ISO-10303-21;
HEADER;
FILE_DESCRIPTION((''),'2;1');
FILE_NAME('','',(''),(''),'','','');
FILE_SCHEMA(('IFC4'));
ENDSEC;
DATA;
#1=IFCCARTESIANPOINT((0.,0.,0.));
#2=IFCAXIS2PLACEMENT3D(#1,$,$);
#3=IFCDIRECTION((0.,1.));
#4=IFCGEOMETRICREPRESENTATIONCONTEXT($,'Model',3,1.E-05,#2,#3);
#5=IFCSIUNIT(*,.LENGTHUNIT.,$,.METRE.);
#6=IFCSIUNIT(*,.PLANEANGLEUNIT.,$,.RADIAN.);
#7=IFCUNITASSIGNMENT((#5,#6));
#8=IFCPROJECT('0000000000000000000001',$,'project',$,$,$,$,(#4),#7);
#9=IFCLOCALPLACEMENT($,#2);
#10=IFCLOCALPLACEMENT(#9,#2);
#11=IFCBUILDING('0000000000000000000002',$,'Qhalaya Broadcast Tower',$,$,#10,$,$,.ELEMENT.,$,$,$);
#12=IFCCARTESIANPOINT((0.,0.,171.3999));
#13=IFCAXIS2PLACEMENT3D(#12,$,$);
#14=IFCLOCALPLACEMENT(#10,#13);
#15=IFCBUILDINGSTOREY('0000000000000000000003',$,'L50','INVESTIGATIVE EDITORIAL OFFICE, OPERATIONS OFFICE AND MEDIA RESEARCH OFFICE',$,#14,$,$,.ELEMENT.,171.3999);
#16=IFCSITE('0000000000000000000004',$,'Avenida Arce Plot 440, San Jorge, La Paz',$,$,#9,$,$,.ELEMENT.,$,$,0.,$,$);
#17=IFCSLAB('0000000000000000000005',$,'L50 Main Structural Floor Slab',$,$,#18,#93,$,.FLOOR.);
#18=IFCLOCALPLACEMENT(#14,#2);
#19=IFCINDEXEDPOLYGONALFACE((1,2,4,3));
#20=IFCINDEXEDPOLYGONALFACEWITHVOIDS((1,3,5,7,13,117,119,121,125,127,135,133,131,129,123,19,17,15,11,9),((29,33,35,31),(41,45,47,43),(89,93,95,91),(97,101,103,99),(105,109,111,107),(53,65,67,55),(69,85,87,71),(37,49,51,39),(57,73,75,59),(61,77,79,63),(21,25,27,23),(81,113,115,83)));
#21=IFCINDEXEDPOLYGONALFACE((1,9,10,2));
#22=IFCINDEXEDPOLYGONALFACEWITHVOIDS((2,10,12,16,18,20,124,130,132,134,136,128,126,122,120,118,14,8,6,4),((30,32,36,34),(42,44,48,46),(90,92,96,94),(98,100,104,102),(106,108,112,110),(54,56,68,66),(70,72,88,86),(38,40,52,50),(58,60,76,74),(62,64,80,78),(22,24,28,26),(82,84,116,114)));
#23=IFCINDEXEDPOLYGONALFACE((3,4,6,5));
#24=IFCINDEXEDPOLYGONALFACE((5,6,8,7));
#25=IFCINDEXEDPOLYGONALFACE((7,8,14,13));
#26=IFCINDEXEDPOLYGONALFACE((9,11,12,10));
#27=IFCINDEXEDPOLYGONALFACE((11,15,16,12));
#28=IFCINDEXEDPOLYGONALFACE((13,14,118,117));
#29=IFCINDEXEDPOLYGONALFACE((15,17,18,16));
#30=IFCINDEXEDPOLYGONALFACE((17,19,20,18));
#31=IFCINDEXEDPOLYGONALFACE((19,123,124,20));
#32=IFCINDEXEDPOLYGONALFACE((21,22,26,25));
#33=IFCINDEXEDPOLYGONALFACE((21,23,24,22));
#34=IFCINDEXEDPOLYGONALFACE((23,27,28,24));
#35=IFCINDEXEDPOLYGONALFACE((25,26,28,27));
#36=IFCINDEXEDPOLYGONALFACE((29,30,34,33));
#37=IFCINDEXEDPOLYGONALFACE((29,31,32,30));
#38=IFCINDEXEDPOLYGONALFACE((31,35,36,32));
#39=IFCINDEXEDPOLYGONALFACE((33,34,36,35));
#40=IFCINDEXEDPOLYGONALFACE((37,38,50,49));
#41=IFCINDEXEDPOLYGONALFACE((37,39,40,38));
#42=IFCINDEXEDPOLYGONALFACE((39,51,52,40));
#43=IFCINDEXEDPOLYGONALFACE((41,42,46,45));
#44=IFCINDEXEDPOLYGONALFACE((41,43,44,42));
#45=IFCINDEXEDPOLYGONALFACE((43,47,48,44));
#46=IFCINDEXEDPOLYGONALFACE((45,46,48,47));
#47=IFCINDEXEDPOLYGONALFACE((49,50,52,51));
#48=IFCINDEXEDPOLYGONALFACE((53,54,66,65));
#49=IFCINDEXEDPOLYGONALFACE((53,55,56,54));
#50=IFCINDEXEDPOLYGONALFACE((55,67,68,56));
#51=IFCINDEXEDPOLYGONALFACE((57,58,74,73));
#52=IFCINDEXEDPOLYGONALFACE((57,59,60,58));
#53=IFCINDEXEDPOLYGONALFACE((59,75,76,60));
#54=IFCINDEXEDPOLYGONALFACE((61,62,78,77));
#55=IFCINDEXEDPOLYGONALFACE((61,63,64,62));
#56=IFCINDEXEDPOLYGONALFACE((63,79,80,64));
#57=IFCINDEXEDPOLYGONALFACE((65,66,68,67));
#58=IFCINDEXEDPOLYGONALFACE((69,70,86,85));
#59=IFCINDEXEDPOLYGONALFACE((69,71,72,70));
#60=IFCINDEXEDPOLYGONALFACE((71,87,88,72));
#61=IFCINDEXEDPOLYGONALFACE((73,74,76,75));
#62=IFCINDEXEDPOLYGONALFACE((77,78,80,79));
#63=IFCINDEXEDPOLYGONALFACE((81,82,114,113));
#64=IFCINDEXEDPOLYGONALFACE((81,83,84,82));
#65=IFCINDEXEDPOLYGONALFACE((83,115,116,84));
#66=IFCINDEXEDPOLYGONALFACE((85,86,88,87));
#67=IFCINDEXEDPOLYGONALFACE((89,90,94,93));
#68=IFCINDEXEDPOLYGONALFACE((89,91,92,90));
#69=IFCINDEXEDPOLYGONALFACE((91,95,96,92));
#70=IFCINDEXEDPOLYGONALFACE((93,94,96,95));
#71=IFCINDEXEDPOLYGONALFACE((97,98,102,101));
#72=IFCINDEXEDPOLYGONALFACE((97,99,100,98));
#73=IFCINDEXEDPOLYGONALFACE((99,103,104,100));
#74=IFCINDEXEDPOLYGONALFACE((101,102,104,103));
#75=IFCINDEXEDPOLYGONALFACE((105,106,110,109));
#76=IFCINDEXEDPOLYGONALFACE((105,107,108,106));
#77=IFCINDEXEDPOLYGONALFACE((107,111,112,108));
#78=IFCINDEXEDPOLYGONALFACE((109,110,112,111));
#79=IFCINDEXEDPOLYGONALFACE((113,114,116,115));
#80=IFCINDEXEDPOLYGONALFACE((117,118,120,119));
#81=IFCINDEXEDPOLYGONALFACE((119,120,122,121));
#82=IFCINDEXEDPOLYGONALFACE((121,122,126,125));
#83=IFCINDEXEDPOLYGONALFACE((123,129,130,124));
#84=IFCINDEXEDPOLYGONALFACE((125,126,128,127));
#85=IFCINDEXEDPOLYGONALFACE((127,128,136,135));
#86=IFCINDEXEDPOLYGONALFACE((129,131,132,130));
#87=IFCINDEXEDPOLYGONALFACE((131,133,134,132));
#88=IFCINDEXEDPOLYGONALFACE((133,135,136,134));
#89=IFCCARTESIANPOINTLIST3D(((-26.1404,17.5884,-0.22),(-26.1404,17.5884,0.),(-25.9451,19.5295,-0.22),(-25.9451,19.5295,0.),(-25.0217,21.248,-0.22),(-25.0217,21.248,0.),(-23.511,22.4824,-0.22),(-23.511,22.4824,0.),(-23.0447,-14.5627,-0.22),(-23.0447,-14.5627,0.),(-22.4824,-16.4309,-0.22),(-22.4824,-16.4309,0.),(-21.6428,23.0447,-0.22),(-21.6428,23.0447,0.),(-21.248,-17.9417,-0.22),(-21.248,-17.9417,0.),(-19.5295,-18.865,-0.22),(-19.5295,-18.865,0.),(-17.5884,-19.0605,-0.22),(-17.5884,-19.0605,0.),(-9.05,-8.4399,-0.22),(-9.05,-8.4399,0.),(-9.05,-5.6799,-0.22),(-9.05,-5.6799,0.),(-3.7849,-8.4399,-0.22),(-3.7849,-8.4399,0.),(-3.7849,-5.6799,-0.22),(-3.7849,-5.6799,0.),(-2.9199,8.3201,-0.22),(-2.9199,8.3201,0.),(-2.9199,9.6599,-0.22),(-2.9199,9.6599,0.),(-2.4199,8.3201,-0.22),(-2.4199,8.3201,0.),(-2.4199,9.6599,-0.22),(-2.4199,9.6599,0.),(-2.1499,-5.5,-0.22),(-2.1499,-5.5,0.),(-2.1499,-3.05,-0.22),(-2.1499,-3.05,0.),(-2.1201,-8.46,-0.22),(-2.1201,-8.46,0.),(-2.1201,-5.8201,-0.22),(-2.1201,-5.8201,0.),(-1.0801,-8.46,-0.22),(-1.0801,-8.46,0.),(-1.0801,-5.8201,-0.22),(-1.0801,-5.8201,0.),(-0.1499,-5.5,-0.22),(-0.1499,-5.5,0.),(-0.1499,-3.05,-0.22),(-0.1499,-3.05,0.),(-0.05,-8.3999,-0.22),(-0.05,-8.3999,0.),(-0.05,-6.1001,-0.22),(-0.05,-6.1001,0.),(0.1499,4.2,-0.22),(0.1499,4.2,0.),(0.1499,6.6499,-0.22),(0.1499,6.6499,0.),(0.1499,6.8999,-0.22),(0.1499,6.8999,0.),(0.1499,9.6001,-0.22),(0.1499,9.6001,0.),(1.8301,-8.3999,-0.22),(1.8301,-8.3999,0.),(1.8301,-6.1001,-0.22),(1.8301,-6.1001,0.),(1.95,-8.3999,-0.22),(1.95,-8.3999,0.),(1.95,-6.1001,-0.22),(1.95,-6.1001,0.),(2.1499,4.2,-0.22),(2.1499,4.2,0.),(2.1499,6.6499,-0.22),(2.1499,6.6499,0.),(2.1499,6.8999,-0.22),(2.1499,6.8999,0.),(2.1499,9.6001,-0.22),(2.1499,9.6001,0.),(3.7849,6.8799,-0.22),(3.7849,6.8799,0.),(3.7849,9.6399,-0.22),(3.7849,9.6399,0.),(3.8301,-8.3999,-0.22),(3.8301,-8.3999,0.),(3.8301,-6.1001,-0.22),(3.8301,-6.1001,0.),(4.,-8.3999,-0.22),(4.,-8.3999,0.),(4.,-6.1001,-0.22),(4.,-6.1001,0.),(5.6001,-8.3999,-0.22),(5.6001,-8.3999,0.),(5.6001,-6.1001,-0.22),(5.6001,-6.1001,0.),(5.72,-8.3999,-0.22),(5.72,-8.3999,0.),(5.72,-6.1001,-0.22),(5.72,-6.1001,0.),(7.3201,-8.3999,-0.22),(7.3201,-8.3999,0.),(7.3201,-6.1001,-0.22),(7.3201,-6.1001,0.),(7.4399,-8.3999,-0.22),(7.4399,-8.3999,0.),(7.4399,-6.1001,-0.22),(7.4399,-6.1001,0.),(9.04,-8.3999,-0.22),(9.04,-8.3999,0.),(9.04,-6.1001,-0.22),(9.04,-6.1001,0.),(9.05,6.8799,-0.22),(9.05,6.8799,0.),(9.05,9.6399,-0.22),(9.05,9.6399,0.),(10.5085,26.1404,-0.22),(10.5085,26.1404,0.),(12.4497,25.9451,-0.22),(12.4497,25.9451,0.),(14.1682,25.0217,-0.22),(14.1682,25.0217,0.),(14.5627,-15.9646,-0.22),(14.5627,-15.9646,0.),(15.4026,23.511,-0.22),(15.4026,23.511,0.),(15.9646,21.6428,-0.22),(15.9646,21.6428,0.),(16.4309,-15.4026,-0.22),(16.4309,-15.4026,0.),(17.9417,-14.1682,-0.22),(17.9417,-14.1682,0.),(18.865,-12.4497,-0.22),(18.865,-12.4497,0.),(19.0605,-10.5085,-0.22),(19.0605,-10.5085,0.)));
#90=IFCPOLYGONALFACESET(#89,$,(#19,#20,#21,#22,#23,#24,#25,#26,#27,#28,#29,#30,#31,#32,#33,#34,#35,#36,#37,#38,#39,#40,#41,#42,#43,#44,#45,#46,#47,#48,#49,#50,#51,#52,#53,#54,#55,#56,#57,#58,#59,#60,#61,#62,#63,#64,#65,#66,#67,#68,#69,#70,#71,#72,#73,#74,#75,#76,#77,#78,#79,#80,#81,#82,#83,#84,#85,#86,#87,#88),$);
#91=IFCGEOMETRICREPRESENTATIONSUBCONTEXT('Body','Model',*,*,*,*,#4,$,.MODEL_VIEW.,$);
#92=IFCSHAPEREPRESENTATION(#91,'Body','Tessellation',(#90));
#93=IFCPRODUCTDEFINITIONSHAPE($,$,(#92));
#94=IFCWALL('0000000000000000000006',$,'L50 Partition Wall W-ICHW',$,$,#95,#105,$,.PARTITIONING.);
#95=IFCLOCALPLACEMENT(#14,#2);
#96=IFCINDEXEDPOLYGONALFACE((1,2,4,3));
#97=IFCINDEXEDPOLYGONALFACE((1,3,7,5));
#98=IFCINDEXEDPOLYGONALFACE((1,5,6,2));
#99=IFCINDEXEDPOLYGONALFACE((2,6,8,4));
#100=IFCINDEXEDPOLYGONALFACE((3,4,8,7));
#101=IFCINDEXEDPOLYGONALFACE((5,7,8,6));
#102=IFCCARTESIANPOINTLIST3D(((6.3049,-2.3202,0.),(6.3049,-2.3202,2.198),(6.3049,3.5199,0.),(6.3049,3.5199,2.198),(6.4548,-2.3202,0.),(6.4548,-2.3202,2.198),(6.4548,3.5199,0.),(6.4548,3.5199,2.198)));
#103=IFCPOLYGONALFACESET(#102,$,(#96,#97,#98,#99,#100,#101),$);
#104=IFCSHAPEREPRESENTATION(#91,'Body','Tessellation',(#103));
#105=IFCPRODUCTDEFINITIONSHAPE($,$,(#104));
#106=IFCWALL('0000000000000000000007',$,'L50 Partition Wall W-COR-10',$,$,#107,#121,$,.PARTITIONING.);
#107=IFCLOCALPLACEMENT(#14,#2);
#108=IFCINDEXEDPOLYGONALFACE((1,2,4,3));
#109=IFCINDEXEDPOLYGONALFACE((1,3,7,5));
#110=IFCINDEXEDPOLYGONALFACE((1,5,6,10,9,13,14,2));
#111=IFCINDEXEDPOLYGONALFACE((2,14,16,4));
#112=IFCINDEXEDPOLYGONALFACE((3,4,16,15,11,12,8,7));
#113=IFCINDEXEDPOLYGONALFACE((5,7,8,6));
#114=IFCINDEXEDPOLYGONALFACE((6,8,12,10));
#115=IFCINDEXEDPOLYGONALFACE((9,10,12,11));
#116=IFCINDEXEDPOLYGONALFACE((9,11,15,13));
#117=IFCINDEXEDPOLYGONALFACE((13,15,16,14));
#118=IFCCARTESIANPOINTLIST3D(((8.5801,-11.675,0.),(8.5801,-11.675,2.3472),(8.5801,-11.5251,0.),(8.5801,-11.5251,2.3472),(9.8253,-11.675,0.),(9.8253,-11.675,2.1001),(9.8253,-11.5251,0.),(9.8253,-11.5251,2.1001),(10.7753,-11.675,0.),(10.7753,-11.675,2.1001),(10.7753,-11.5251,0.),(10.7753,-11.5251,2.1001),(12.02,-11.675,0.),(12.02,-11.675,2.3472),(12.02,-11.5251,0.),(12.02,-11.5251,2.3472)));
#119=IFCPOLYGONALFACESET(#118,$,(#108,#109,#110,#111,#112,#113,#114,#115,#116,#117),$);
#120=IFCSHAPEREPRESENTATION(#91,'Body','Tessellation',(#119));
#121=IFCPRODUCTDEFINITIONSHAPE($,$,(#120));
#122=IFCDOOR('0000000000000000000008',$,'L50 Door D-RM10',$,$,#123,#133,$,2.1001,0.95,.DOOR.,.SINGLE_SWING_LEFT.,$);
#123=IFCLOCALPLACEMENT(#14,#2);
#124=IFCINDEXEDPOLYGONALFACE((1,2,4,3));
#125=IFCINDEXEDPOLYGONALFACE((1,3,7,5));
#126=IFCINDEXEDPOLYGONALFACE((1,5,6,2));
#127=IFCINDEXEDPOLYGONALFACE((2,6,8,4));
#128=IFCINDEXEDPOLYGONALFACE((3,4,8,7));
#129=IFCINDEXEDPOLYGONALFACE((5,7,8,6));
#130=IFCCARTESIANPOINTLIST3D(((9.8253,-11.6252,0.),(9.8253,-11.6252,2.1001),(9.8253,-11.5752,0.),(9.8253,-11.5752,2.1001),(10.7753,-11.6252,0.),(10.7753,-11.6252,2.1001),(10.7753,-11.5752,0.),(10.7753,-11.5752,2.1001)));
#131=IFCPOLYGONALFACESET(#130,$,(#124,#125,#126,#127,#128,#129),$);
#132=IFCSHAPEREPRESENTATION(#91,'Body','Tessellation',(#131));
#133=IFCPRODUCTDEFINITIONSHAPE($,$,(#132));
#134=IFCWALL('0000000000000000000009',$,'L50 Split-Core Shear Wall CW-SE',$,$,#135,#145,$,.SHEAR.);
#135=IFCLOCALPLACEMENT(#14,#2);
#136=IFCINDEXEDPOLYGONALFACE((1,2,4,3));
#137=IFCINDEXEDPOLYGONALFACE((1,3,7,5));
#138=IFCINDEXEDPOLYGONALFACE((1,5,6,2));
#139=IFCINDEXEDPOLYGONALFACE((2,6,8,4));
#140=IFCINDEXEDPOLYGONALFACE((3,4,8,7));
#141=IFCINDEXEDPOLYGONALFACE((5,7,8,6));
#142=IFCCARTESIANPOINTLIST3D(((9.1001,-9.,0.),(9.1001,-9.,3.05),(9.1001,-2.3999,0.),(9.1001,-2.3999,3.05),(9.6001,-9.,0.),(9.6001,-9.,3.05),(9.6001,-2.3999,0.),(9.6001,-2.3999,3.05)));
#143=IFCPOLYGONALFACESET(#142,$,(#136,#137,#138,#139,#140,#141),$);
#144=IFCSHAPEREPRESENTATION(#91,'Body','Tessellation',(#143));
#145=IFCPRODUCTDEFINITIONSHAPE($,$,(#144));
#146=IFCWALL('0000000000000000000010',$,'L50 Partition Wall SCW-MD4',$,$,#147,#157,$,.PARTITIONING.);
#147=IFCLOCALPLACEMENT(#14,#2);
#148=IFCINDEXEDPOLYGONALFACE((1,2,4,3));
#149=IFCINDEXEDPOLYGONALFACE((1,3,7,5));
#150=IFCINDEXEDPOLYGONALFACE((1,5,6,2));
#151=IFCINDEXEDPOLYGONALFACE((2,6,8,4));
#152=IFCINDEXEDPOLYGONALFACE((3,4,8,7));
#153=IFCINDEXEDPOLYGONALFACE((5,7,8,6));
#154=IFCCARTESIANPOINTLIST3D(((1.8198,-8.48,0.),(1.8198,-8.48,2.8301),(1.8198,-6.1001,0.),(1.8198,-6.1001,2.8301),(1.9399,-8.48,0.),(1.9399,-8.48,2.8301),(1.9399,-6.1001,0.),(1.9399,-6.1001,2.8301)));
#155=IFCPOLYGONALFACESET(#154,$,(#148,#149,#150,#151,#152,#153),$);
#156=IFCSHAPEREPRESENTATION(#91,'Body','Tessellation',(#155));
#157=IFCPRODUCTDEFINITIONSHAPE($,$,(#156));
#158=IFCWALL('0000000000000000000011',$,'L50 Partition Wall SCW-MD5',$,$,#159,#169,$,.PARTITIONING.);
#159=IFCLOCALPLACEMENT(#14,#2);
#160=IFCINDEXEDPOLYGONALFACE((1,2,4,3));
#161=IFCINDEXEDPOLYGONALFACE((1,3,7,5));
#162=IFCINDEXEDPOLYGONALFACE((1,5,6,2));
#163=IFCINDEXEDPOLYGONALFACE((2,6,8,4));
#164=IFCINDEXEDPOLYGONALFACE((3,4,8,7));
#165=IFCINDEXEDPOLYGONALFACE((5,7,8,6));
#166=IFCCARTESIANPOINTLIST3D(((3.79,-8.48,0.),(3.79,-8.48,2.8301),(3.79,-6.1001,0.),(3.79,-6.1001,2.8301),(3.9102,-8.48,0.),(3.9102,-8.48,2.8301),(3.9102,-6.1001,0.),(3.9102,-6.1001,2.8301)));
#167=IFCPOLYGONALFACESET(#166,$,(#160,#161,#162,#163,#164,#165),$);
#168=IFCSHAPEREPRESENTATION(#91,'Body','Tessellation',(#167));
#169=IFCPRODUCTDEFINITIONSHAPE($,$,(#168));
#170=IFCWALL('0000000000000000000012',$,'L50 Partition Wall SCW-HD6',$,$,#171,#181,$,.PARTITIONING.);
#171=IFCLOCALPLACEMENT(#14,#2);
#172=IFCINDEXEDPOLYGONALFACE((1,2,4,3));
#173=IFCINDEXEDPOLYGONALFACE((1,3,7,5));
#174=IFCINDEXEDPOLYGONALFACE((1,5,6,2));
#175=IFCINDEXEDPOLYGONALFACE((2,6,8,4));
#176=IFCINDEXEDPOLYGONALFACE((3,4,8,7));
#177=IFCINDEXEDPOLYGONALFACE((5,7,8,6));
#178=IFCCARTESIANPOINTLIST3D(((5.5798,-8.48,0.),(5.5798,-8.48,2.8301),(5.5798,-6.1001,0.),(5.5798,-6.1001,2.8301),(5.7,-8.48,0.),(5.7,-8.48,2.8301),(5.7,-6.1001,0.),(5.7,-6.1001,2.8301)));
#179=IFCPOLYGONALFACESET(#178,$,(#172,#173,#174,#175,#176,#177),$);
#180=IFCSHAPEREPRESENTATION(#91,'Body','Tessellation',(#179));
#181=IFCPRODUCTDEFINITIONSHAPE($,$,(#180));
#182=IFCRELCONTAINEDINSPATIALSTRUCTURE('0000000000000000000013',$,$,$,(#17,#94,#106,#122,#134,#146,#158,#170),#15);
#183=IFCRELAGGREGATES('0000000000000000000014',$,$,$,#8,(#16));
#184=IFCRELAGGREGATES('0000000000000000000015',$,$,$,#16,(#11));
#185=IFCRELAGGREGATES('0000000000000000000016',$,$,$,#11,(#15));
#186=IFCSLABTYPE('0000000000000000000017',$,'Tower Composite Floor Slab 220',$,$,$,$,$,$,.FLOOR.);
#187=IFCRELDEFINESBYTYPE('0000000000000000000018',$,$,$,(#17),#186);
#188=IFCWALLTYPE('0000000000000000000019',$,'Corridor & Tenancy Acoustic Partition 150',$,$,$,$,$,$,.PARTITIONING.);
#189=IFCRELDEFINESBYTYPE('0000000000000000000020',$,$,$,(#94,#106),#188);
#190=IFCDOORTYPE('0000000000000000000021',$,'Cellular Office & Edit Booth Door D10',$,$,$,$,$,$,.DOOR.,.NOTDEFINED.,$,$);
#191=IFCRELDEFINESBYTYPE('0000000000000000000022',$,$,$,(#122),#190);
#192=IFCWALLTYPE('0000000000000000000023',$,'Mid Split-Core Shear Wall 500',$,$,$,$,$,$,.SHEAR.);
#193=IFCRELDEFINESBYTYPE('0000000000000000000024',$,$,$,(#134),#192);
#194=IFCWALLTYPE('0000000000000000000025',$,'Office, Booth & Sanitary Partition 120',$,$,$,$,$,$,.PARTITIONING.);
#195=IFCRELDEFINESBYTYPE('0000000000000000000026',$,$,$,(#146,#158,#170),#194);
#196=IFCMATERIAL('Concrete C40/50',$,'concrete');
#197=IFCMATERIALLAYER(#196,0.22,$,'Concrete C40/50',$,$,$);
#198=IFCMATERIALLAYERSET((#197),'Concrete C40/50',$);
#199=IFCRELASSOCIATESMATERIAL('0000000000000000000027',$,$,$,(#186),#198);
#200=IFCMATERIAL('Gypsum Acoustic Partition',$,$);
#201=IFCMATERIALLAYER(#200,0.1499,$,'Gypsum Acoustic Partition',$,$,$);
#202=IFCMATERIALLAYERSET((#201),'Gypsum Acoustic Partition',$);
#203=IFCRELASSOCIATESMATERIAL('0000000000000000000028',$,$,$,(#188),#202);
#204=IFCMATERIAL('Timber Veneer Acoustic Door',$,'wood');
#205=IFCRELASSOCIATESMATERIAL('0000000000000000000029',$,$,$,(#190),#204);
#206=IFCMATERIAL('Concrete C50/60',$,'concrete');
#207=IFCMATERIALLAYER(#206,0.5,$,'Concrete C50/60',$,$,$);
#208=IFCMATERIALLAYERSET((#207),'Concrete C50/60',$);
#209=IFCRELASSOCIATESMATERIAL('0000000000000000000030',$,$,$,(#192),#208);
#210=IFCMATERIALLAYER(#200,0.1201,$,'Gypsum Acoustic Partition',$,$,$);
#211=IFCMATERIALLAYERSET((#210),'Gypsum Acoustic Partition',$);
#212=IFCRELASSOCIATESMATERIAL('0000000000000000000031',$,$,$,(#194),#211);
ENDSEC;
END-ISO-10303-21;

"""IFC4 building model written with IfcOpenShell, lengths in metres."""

from ifc_helpers import new_model, si_unit, direction, frame, frame_2d, origin, place, context, subcontext, project, spatial, polyline, rectangle, outline, extrude, material, layer, layer_set, type_object, element, fill, save


model = new_model("IFC4")

# Units and contexts
model_context = context("Model", 3, precision=1e-05, world=origin(), true_north=direction((0.0, 1.0)))
body_context = subcontext(model_context, "Body", "Model", "MODEL_VIEW")
ifc_project = project(units=[si_unit("LENGTHUNIT", "METRE"), si_unit("PLANEANGLEUNIT", "RADIAN")], contexts=[model_context])

# Site, building, storey
site_placement = place(None, origin())
site = spatial("IfcSite", under=ifc_project, at=site_placement, Name="Avenida Arce Plot 440, San Jorge, La Paz", CompositionType="ELEMENT", RefElevation=0.0)
building_placement = place(site_placement, origin())
building = spatial("IfcBuilding", under=site, at=building_placement, Name="Qhalaya Broadcast Tower", CompositionType="ELEMENT")
storey_placement = place(building_placement, frame((0.0, 0.0, 171.3999)))
storey = spatial("IfcBuildingStorey", under=building, at=storey_placement, Name="L50", Description="INVESTIGATIVE EDITORIAL OFFICE, OPERATIONS OFFICE AND MEDIA RESEARCH OFFICE", CompositionType="ELEMENT", Elevation=171.3999)

# Shared definitions
ifc_material_1 = material(Name="Concrete C50/60", Category="concrete")

# Shared definitions
ifc_material_2 = material(Name="Concrete C40/50", Category="concrete")

# Slab
ifc_layer_1 = layer(ifc_material_2, 0.22, Name="Concrete C40/50")
ifc_layer_set_1 = layer_set([ifc_layer_1], Name="Concrete C40/50")
slab_type_1 = type_object("IfcSlabType", Name="Tower Composite Floor Slab 220", PredefinedType="FLOOR", material=ifc_layer_set_1)
slab_1_placement = place(storey_placement, frame((0.0, 0.0, -0.22)))
element("IfcSlab", 1, at=slab_1_placement, inside=storey, type_object=slab_type_1, Name="L50 Main Structural Floor Slab", PredefinedType="FLOOR", context=body_context, shape_type="SweptSolid", body=[
    extrude(outline(polyline([(14.5627, -15.9646), (16.4309, -15.4026), (17.9417, -14.1682), (18.865, -12.4497), (19.0605, -10.5085), (15.9646, 21.6428), (15.4026, 23.511), (14.1682, 25.0217), (12.4497, 25.9451), (10.5085, 26.1404), (-21.6428, 23.0447), (-23.511, 22.4824), (-25.0217, 21.248), (-25.9451, 19.5295), (-26.1404, 17.5884), (-23.0447, -14.5627), (-22.4824, -16.4309), (-21.248, -17.9417), (-19.5295, -18.865), (-17.5884, -19.0605), (14.5627, -15.9646)]), holes=[polyline([(3.7849, 9.6399), (9.05, 9.6399), (9.05, 6.8799), (3.7849, 6.8799), (3.7849, 9.6399)]), polyline([(-3.7849, -8.4399), (-9.05, -8.4399), (-9.05, -5.6799), (-3.7849, -5.6799), (-3.7849, -8.4399)]), polyline([(0.1499, 6.6499), (2.1499, 6.6499), (2.1499, 4.2), (0.1499, 4.2), (0.1499, 6.6499)]), polyline([(0.1499, 9.6001), (2.1499, 9.6001), (2.1499, 6.8999), (0.1499, 6.8999), (0.1499, 9.6001)]), polyline([(-2.1499, -3.05), (-0.1499, -3.05), (-0.1499, -5.5), (-2.1499, -5.5), (-2.1499, -3.05)]), polyline([(-0.05, -6.1001), (1.8301, -6.1001), (1.8301, -8.3999), (-0.05, -8.3999), (-0.05, -6.1001)]), polyline([(1.95, -6.1001), (3.8301, -6.1001), (3.8301, -8.3999), (1.95, -8.3999), (1.95, -6.1001)]), polyline([(4.0, -6.1001), (5.6001, -6.1001), (5.6001, -8.3999), (4.0, -8.3999), (4.0, -6.1001)]), polyline([(5.72, -6.1001), (7.3201, -6.1001), (7.3201, -8.3999), (5.72, -8.3999), (5.72, -6.1001)]), polyline([(7.4399, -6.1001), (9.04, -6.1001), (9.04, -8.3999), (7.4399, -8.3999), (7.4399, -6.1001)]), polyline([(-2.9199, 9.6599), (-2.4199, 9.6599), (-2.4199, 8.3201), (-2.9199, 8.3201), (-2.9199, 9.6599)]), polyline([(-2.1201, -5.8201), (-1.0801, -5.8201), (-1.0801, -8.46), (-2.1201, -8.46), (-2.1201, -5.8201)])]), origin(), (0.0, 0.0, 1.0), 0.22),
])

# Wall
ifc_material_3 = material(Name="Gypsum Acoustic Partition")
ifc_layer_2 = layer(ifc_material_3, 0.1499, Name="Gypsum Acoustic Partition")
ifc_layer_set_2 = layer_set([ifc_layer_2], Name="Gypsum Acoustic Partition")
wall_type_1 = type_object("IfcWallType", Name="Corridor & Tenancy Acoustic Partition 150", PredefinedType="PARTITIONING", material=ifc_layer_set_2)
wall_1_placement = place(storey_placement, frame((6.3799, -2.3201, 0.0), z_axis=(0.0, 0.0, 1.0), x_axis=(0.0, 1.0, 0.0)))
element("IfcWall", 2, at=wall_1_placement, inside=storey, type_object=wall_type_1, Name="L50 Partition Wall W-ICHW", PredefinedType="PARTITIONING", context=body_context, shape_type="SweptSolid", body=[
    extrude(rectangle(XDim=5.8401, YDim=0.1499, at=frame_2d((2.9199, 0.0))), origin(), (0.0, 0.0, 1.0), 2.198),
])

# Wall, opening, door
wall_2_placement = place(storey_placement, frame((8.5801, -11.6001, 0.0), z_axis=(0.0, 0.0, 1.0), x_axis=(1.0, 0.0, 0.0)))
wall_2 = element("IfcWall", 3, at=wall_2_placement, inside=storey, type_object=wall_type_1, Name="L50 Partition Wall W-COR-10", PredefinedType="PARTITIONING", context=body_context, shape_type="SweptSolid", body=[
    extrude(rectangle(XDim=3.4399, YDim=0.1499, at=frame_2d((1.72, 0.0))), origin(), (0.0, 0.0, 1.0), 2.3472),
])
opening_1_placement = place(wall_2_placement, frame((1.2451, 0.0, 0.0)))
opening_1 = element("IfcOpeningElement", 4, at=opening_1_placement, cuts=wall_2, PredefinedType="OPENING", context=body_context, shape_type="SweptSolid", body=[
    extrude(rectangle(XDim=0.95, YDim=2.1001, at=frame_2d((0.4751, 1.05))), frame((0.0, 0.0869, 0.0), z_axis=(0.0, -1.0, 0.0), x_axis=(1.0, 0.0, 0.0)), (0.0, 0.0, 1.0), 0.1738),
])
ifc_material_4 = material(Name="Timber Veneer Acoustic Door", Category="wood")
door_type_1 = type_object("IfcDoorType", Name="Cellular Office & Edit Booth Door D10", OperationType="NOTDEFINED", PredefinedType="DOOR", material=ifc_material_4)
door_1_placement = place(opening_1_placement, origin())
door_1 = element("IfcDoor", 5, at=door_1_placement, inside=storey, type_object=door_type_1, Name="L50 Door D-RM10", OperationType="SINGLE_SWING_LEFT", OverallHeight=2.1001, OverallWidth=0.95, PredefinedType="DOOR", context=body_context, shape_type="SweptSolid", body=[
    extrude(rectangle(XDim=0.95, YDim=2.1001, at=frame_2d((0.4751, 1.05))), frame((0.0, 0.0249, 0.0), z_axis=(0.0, -1.0, 0.0), x_axis=(1.0, 0.0, 0.0)), (0.0, 0.0, 1.0), 0.05),
])
fill(opening_1, door_1)

# Walls
ifc_layer_3 = layer(ifc_material_1, 0.5, Name="Concrete C50/60")
ifc_layer_set_3 = layer_set([ifc_layer_3], Name="Concrete C50/60")
wall_type_2 = type_object("IfcWallType", Name="Mid Split-Core Shear Wall 500", PredefinedType="SHEAR", material=ifc_layer_set_3)
wall_3_placement = place(storey_placement, frame((9.3501, -9.0, 0.0), z_axis=(0.0, 0.0, 1.0), x_axis=(0.0, 1.0, 0.0)))
element("IfcWall", 6, at=wall_3_placement, inside=storey, type_object=wall_type_2, Name="L50 Split-Core Shear Wall CW-SE", PredefinedType="SHEAR", context=body_context, shape_type="SweptSolid", body=[
    extrude(rectangle(XDim=6.6001, YDim=0.5, at=frame_2d((3.3, 0.0))), origin(), (0.0, 0.0, 1.0), 3.05),
])
ifc_layer_4 = layer(ifc_material_3, 0.1201, Name="Gypsum Acoustic Partition")
ifc_layer_set_4 = layer_set([ifc_layer_4], Name="Gypsum Acoustic Partition")
wall_type_3 = type_object("IfcWallType", Name="Office, Booth & Sanitary Partition 120", PredefinedType="PARTITIONING", material=ifc_layer_set_4)
for number, where, z_axis, x_axis, name in (
    (7, (1.8799, -8.48, 0.0), (0.0, 0.0, 1.0), (0.0, 1.0, 0.0), "L50 Partition Wall SCW-MD4"),
    (8, (3.8501, -8.48, 0.0), (0.0, 0.0, 1.0), (0.0, 1.0, 0.0), "L50 Partition Wall SCW-MD5"),
    (9, (5.6399, -8.48, 0.0), (0.0, 0.0, 1.0), (0.0, 1.0, 0.0), "L50 Partition Wall SCW-HD6"),
):
    element("IfcWall", number, at=place(storey_placement, frame(where, z_axis=z_axis, x_axis=x_axis)), inside=storey, type_object=wall_type_3, Name=name, PredefinedType="PARTITIONING", context=body_context, shape_type="SweptSolid", body=[
        extrude(rectangle(XDim=2.3799, YDim=0.1201, at=frame_2d((1.1899, 0.0))), origin(), (0.0, 0.0, 1.0), 2.8301),
    ])

save(model, "model.ifc")
